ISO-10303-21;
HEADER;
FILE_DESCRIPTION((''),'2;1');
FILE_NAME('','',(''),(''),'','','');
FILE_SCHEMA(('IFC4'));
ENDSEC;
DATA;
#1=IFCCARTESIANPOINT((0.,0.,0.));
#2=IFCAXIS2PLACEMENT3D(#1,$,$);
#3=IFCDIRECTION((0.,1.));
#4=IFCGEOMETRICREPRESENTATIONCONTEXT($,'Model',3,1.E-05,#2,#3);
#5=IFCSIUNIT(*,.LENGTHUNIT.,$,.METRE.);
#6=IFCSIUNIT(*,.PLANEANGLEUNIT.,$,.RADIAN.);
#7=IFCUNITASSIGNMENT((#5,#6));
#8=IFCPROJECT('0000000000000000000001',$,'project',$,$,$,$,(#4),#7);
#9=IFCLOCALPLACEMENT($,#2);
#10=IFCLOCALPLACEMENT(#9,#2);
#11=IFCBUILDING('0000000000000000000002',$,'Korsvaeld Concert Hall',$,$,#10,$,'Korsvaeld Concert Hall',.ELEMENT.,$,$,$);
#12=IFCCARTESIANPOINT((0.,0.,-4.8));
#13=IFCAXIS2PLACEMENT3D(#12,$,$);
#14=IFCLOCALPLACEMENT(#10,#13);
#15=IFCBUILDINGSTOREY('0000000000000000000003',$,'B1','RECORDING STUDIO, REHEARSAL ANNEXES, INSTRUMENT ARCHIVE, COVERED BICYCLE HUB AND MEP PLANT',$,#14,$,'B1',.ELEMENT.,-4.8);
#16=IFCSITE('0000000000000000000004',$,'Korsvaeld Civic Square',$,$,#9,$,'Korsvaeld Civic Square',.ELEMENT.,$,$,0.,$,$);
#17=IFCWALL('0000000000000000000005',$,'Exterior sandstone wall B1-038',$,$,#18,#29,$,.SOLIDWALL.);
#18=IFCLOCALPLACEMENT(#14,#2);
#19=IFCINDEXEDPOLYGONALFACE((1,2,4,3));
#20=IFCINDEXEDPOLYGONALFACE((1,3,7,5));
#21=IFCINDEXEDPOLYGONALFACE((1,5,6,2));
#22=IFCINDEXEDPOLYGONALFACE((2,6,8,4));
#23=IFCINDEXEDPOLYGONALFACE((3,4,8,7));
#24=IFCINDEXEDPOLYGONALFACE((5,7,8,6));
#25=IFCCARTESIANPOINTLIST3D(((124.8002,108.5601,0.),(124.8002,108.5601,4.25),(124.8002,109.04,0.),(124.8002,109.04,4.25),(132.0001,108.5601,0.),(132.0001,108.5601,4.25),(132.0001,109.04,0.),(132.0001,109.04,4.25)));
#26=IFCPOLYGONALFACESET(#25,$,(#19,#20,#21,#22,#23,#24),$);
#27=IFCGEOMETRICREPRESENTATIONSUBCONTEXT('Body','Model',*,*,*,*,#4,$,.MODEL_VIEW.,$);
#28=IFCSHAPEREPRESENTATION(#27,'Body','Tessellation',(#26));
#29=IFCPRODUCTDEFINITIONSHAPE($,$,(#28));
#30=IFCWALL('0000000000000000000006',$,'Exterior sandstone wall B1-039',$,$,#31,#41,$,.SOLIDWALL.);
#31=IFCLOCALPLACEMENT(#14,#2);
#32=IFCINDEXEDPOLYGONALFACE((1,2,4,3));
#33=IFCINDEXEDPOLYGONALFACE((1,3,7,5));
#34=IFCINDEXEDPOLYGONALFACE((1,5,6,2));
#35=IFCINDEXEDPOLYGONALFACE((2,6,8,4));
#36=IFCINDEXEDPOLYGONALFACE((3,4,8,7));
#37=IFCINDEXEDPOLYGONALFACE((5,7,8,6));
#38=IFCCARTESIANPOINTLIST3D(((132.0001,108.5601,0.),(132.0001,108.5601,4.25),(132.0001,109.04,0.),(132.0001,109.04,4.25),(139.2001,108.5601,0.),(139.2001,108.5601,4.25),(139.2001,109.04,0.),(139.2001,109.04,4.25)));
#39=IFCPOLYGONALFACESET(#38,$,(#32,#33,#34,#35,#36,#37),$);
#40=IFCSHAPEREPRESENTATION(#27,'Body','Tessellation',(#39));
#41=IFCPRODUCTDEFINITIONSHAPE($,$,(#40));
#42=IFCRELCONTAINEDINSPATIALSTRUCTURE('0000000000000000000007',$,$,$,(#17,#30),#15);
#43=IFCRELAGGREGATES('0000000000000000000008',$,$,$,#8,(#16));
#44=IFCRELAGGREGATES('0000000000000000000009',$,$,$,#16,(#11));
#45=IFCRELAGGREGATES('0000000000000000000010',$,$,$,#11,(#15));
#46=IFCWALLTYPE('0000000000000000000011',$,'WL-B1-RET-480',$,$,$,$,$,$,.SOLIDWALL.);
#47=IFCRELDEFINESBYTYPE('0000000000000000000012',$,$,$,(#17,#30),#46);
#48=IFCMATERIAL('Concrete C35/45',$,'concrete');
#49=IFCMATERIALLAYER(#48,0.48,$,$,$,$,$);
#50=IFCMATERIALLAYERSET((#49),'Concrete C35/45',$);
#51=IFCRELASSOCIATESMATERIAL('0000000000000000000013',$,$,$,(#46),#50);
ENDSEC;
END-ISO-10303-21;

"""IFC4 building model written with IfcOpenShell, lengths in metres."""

from ifc_helpers import new_model, si_unit, direction, frame, frame_2d, origin, place, context, subcontext, project, spatial, rectangle, extrude, material, layer, layer_set, type_object, element, save


model = new_model("IFC4")

# Units and contexts
model_context = context("Model", 3, precision=1e-05, world=origin(), true_north=direction((0.0, 1.0)))
body_context = subcontext(model_context, "Body", "Model", "MODEL_VIEW")
ifc_project = project(units=[si_unit("LENGTHUNIT", "METRE"), si_unit("PLANEANGLEUNIT", "RADIAN")], contexts=[model_context])

# Site, building, storey
site_placement = place(None, origin())
site = spatial("IfcSite", under=ifc_project, at=site_placement, Name="Korsvaeld Civic Square", LongName="Korsvaeld Civic Square", CompositionType="ELEMENT", RefElevation=0.0)
building_placement = place(site_placement, origin())
building = spatial("IfcBuilding", under=site, at=building_placement, Name="Korsvaeld Concert Hall", LongName="Korsvaeld Concert Hall", CompositionType="ELEMENT")
storey_placement = place(building_placement, frame((0.0, 0.0, -4.8)))
storey = spatial("IfcBuildingStorey", under=building, at=storey_placement, Name="B1", Description="RECORDING STUDIO, REHEARSAL ANNEXES, INSTRUMENT ARCHIVE, COVERED BICYCLE HUB AND MEP PLANT", LongName="B1", CompositionType="ELEMENT", Elevation=-4.8)

# Shared definitions
ifc_material_1 = material(Name="Concrete C35/45", Category="concrete")

# Walls
ifc_layer = layer(ifc_material_1, 0.48)
ifc_layer_set = layer_set([ifc_layer], Name="Concrete C35/45")
wall_type = type_object("IfcWallType", Name="WL-B1-RET-480", PredefinedType="SOLIDWALL", material=ifc_layer_set)
for number, where, z_axis, x_axis, name in (
    (1, (124.8, 108.8, 0.0), (0.0, 0.0, 1.0), (1.0, 0.0, 0.0), "Exterior sandstone wall B1-038"),
    (2, (132.0, 108.8, 0.0), (0.0, 0.0, 1.0), (1.0, 0.0, 0.0), "Exterior sandstone wall B1-039"),
):
    element("IfcWall", number, at=place(storey_placement, frame(where, z_axis=z_axis, x_axis=x_axis)), inside=storey, type_object=wall_type, Name=name, PredefinedType="SOLIDWALL", context=body_context, shape_type="SweptSolid", body=[
        extrude(rectangle(XDim=7.2, YDim=0.48, at=frame_2d((3.6001, 0.0))), origin(), (0.0, 0.0, 1.0), 4.25),
    ])

save(model, "model.ifc")
